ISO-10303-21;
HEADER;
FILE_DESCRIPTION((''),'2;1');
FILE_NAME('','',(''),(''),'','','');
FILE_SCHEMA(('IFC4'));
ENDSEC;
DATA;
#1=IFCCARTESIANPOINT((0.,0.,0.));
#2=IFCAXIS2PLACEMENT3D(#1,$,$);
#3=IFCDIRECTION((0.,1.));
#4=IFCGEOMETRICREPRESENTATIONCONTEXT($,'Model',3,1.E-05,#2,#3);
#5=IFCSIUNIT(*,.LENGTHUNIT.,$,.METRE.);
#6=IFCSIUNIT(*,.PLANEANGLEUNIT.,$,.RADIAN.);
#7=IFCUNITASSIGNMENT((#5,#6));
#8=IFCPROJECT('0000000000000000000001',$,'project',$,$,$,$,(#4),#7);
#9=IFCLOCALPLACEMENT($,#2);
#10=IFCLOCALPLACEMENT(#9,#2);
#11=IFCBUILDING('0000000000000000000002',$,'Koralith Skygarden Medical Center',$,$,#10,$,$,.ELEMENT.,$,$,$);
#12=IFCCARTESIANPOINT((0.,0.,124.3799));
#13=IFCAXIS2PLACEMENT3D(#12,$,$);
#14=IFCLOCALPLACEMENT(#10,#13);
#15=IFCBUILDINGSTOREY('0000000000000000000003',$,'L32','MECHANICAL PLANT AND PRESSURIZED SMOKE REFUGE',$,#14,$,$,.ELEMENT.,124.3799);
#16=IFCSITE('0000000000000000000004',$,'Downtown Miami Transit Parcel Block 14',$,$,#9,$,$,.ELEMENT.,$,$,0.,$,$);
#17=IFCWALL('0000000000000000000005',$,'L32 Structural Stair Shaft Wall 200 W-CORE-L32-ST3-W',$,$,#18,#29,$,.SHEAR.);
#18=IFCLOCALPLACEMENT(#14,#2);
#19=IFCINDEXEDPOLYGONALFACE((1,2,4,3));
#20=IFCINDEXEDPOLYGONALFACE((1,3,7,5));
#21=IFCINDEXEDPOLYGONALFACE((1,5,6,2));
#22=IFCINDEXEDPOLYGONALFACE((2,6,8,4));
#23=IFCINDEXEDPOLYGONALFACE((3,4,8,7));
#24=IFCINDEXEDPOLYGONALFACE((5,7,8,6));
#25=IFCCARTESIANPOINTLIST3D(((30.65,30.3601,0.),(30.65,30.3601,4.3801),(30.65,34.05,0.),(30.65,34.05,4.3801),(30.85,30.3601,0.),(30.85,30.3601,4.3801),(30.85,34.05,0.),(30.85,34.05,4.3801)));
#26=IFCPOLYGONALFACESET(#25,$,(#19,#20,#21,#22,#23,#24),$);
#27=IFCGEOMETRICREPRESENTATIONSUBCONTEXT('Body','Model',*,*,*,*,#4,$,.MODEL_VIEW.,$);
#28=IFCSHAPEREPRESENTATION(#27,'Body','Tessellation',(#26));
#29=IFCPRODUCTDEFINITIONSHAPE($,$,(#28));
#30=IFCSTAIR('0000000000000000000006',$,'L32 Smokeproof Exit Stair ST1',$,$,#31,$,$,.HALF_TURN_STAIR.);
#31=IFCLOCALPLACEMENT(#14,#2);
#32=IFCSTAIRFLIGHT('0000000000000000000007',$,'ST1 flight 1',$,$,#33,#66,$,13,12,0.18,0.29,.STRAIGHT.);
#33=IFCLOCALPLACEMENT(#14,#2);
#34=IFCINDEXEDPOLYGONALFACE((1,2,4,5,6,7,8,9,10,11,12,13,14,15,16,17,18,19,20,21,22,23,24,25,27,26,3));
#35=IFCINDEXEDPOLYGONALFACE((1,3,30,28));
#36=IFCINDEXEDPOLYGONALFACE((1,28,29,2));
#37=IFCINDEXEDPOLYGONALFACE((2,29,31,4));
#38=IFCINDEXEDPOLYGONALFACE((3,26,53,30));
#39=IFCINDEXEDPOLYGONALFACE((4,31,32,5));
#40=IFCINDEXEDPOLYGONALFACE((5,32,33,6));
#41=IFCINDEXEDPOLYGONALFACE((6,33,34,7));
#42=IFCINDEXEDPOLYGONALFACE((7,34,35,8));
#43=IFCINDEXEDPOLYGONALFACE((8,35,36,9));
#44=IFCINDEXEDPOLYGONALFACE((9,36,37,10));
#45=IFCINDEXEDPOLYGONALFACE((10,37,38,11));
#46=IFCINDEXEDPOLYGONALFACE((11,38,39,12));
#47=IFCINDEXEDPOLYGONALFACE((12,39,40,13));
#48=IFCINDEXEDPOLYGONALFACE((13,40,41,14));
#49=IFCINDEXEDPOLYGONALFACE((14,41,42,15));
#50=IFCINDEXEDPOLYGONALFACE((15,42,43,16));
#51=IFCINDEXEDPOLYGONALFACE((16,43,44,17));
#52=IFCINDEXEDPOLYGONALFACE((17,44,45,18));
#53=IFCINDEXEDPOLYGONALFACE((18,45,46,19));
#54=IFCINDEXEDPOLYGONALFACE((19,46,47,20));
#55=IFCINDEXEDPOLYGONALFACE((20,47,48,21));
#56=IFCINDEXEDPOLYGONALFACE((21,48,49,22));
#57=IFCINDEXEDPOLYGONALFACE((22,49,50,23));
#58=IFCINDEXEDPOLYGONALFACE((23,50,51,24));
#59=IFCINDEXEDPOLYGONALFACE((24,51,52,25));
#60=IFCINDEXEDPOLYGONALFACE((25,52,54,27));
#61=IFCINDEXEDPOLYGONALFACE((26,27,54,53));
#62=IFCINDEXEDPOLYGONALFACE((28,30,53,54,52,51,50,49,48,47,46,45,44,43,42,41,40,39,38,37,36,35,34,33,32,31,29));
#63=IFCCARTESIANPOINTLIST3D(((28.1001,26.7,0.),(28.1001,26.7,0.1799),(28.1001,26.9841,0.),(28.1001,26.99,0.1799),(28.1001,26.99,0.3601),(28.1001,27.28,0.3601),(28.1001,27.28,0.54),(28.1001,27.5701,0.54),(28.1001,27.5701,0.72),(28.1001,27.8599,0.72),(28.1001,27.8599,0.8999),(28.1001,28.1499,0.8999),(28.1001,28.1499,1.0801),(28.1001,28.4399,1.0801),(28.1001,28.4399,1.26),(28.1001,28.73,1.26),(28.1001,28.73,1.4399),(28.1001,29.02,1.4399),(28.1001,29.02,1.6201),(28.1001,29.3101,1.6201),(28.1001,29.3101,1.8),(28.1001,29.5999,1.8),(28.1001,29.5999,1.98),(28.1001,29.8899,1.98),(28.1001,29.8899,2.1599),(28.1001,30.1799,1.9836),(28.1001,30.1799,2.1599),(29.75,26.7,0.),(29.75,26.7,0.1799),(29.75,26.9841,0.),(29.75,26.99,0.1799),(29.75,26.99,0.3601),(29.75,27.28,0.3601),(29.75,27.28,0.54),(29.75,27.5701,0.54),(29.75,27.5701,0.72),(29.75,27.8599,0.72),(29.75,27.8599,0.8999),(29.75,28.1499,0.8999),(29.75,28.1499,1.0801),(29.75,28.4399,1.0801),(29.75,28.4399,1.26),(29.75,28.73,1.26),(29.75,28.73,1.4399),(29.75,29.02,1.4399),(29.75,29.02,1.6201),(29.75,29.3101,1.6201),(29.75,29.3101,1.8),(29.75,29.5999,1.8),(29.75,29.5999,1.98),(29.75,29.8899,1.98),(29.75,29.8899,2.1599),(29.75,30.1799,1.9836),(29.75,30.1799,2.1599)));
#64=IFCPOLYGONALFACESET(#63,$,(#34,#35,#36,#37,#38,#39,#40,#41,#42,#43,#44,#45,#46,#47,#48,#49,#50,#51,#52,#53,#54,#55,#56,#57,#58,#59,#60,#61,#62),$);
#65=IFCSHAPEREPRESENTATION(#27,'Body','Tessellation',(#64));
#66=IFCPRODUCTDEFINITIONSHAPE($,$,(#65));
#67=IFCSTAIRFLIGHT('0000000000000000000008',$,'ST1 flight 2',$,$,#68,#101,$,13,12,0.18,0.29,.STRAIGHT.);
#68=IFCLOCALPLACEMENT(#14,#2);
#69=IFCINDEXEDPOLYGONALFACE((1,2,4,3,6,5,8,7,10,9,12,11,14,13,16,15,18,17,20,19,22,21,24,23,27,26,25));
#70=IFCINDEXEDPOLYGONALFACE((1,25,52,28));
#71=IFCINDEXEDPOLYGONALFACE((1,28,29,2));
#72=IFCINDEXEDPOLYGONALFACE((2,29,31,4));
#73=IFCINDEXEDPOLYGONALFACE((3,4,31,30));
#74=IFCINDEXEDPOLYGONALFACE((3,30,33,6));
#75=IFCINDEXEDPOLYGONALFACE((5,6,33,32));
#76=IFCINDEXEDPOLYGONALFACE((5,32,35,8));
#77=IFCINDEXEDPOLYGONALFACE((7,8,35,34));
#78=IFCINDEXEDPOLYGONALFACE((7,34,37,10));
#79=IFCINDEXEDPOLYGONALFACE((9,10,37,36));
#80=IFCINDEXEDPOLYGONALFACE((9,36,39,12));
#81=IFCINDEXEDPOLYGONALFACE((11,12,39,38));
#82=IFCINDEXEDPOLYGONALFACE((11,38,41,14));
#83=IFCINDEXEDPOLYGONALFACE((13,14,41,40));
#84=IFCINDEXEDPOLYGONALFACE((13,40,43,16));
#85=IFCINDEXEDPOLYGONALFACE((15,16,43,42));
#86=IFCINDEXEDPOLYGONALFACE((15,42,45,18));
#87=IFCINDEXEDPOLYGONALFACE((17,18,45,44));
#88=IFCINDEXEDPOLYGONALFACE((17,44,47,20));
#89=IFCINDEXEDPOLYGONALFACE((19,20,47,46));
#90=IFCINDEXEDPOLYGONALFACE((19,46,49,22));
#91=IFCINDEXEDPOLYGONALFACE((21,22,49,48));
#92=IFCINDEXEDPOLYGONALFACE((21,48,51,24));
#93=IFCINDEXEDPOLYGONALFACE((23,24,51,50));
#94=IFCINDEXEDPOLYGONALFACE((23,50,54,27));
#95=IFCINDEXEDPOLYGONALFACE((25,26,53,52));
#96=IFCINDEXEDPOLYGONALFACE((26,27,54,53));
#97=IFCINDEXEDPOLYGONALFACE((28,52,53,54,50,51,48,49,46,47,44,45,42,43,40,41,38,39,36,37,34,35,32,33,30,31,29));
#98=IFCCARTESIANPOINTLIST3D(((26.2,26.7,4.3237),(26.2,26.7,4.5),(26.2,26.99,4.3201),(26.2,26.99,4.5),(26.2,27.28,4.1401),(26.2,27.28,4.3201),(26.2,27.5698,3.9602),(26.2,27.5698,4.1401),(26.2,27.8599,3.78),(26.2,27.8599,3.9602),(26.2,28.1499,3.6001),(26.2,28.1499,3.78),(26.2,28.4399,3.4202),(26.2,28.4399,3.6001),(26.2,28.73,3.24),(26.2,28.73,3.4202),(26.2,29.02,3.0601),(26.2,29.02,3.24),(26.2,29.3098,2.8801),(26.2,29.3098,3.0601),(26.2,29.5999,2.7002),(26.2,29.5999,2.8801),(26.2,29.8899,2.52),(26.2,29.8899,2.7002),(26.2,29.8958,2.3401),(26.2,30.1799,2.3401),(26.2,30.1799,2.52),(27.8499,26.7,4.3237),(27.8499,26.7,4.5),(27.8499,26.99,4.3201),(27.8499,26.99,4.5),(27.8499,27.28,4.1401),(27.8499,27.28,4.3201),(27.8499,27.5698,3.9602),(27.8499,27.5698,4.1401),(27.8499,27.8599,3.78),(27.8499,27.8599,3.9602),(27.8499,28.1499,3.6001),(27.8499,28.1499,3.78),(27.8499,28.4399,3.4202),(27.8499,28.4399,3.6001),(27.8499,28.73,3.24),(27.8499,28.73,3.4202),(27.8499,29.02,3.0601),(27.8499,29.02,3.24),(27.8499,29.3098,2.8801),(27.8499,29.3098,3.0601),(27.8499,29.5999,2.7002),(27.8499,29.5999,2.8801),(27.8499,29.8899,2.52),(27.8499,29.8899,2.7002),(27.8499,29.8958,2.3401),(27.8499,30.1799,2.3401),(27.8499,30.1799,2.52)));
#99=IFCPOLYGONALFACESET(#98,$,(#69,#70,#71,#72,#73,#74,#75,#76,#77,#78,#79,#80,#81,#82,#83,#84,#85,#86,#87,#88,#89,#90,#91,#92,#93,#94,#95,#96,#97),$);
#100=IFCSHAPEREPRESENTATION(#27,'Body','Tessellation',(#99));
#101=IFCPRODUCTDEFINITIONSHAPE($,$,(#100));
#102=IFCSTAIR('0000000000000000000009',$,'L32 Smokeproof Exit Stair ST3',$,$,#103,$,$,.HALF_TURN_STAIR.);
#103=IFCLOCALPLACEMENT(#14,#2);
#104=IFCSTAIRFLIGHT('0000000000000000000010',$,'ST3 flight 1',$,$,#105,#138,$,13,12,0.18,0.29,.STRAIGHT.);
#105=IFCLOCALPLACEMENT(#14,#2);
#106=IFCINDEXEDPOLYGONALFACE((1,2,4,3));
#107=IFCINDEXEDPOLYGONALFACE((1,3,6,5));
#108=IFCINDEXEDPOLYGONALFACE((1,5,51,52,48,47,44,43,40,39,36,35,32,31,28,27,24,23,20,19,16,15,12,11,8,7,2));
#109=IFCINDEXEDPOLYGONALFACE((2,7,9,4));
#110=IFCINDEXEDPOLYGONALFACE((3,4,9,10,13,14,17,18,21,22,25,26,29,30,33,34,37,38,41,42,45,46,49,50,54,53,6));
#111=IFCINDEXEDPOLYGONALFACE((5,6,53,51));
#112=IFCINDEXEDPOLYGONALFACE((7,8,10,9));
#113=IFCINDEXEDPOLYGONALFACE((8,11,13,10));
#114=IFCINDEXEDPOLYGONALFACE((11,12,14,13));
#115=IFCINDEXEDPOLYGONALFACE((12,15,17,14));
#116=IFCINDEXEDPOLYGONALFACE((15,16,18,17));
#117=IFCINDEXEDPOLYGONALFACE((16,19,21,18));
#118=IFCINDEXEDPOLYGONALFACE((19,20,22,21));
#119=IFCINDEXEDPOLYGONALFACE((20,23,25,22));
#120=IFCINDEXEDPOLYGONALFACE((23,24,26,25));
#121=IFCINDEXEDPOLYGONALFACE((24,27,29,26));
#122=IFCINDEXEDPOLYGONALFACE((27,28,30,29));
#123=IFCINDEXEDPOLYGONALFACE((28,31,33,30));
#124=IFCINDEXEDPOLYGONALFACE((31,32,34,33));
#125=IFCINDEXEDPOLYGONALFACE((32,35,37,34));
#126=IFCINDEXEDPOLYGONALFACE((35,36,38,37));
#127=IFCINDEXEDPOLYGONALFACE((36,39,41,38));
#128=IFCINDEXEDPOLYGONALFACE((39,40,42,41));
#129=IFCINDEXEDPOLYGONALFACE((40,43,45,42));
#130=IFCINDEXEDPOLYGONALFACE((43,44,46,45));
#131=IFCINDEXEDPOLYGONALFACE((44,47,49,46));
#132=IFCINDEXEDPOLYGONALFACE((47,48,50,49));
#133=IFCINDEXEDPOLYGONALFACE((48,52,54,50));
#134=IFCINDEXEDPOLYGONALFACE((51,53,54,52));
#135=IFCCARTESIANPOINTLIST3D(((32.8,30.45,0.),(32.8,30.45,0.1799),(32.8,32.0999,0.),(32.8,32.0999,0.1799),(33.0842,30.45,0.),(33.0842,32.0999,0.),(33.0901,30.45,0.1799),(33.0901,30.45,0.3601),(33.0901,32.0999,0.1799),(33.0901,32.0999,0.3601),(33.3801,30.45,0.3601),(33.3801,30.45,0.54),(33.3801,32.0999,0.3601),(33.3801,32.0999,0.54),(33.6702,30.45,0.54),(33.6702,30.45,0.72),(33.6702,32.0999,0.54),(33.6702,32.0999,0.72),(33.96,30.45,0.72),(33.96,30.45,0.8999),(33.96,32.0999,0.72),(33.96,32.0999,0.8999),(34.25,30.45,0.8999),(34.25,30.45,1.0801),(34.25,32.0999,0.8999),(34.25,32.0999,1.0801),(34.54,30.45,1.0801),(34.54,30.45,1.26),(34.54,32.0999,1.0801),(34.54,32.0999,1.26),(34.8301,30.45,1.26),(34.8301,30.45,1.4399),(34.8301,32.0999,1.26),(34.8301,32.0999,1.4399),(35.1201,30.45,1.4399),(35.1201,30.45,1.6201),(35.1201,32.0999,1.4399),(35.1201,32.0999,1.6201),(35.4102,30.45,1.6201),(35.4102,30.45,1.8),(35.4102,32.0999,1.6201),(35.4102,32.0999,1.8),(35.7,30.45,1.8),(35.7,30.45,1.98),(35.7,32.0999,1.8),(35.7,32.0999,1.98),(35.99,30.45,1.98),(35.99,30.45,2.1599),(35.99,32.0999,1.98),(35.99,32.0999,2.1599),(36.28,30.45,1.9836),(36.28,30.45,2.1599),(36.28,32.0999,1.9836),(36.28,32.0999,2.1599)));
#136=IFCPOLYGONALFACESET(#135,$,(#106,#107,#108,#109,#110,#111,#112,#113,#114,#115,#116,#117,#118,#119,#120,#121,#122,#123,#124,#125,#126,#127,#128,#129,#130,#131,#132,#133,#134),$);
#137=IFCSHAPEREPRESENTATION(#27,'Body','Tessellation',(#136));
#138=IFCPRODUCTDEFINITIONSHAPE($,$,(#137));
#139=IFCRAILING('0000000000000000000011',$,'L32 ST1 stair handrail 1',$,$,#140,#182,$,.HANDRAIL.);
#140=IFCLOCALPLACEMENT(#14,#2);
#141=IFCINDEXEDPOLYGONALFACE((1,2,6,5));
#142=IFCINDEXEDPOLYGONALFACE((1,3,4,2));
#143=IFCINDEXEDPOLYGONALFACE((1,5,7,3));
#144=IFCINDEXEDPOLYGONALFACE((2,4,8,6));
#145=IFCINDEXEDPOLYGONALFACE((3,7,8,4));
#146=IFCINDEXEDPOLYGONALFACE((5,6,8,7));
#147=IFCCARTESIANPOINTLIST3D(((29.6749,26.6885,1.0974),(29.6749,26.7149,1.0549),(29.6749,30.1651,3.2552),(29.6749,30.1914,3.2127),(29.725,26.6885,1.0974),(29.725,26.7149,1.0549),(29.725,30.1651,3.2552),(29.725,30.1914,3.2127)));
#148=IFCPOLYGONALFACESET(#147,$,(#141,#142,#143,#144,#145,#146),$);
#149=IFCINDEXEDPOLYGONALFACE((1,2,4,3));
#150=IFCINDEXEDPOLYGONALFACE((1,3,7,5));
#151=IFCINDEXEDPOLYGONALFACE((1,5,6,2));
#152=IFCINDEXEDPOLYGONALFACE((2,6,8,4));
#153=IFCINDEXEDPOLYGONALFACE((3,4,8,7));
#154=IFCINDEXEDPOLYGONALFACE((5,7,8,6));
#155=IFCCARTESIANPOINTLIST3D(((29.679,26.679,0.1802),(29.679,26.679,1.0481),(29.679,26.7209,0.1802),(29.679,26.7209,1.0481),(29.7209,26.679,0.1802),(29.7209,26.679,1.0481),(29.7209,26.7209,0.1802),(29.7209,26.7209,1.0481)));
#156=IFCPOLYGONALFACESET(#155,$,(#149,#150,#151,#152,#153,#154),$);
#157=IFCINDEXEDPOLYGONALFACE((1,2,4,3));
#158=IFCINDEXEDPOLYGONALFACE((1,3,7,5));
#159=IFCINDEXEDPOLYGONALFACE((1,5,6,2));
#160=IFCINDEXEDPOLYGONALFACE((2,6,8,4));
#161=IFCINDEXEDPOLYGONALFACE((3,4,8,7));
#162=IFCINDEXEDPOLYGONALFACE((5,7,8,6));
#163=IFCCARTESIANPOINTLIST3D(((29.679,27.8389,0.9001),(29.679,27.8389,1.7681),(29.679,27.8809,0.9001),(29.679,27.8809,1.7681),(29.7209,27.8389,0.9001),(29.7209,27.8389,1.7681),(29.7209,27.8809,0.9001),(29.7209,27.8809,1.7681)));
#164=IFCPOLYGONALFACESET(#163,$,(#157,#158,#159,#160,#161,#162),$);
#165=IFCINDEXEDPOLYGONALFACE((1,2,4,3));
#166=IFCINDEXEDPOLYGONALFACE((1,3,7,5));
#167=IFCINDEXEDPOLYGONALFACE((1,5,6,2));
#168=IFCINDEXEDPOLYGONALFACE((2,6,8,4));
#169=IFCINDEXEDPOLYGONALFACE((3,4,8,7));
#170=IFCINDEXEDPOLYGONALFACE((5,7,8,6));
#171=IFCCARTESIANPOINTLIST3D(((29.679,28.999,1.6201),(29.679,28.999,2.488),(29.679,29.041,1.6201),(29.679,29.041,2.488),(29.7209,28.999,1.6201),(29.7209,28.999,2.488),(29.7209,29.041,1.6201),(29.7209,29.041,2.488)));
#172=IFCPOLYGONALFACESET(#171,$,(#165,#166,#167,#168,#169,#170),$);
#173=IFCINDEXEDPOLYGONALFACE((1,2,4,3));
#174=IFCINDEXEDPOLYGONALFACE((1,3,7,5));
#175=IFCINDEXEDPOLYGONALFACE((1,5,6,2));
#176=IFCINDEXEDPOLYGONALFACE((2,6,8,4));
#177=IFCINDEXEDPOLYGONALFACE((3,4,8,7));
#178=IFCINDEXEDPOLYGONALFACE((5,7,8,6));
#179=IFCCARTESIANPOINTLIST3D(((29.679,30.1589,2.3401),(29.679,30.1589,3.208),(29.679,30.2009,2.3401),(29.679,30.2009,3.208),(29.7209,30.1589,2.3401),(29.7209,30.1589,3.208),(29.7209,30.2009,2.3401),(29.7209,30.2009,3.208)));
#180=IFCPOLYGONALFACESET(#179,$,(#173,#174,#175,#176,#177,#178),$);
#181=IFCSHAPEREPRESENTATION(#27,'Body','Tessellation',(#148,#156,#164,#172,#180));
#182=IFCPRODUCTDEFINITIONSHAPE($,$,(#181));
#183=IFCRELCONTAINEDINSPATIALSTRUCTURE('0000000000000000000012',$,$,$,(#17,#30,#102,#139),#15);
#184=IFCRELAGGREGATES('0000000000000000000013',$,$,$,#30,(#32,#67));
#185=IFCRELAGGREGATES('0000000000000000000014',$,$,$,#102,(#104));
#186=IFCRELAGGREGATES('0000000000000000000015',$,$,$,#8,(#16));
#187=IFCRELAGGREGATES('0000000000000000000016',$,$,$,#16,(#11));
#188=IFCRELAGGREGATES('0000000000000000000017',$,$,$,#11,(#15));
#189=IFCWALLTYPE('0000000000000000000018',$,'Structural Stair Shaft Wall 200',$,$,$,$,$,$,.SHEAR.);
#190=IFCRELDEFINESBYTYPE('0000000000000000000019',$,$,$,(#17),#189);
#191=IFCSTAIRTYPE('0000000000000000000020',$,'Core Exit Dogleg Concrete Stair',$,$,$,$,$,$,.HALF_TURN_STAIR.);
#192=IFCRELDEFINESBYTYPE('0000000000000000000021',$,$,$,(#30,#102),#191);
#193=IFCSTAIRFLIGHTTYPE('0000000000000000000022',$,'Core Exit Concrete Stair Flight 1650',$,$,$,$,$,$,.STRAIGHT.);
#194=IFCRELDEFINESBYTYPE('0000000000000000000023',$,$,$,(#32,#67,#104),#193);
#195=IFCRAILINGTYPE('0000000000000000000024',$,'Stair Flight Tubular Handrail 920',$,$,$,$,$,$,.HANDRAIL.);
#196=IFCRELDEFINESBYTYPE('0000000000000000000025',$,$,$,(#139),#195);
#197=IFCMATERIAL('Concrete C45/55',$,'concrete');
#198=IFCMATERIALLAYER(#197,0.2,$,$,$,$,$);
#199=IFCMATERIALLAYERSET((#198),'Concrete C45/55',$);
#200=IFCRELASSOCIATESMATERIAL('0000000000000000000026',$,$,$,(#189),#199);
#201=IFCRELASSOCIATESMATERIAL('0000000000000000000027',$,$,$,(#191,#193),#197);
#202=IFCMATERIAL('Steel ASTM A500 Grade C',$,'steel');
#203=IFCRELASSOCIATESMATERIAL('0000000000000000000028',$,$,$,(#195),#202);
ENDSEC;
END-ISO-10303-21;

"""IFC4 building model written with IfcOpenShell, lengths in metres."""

from ifc_helpers import new_model, si_unit, direction, frame, frame_2d, origin, origin_2d, place, context, subcontext, project, spatial, polyline, rectangle, outline, extrude, material, layer, layer_set, type_object, element, aggregate, save


model = new_model("IFC4")

# Units and contexts
model_context = context("Model", 3, precision=1e-05, world=origin(), true_north=direction((0.0, 1.0)))
body_context = subcontext(model_context, "Body", "Model", "MODEL_VIEW")
ifc_project = project(units=[si_unit("LENGTHUNIT", "METRE"), si_unit("PLANEANGLEUNIT", "RADIAN")], contexts=[model_context])

# Site, building, storey
site_placement = place(None, origin())
site = spatial("IfcSite", under=ifc_project, at=site_placement, Name="Downtown Miami Transit Parcel Block 14", CompositionType="ELEMENT", RefElevation=0.0)
building_placement = place(site_placement, origin())
building = spatial("IfcBuilding", under=site, at=building_placement, Name="Koralith Skygarden Medical Center", CompositionType="ELEMENT")
storey_placement = place(building_placement, frame((0.0, 0.0, 124.3799)))
storey = spatial("IfcBuildingStorey", under=building, at=storey_placement, Name="L32", Description="MECHANICAL PLANT AND PRESSURIZED SMOKE REFUGE", CompositionType="ELEMENT", Elevation=124.3799)

# Shared definitions
ifc_material_1 = material(Name="Steel ASTM A500 Grade C", Category="steel")

# Shared definitions
ifc_material_2 = material(Name="Concrete C45/55", Category="concrete")

# Wall
ifc_layer_1 = layer(ifc_material_2, 0.2)
ifc_layer_set_1 = layer_set([ifc_layer_1], Name="Concrete C45/55")
wall_type_1 = type_object("IfcWallType", Name="Structural Stair Shaft Wall 200", PredefinedType="SHEAR", material=ifc_layer_set_1)
wall_1_placement = place(storey_placement, frame((30.75, 30.3601, 0.0), z_axis=(0.0, 0.0, 1.0), x_axis=(0.0, 1.0, 0.0)))
element("IfcWall", 1, at=wall_1_placement, inside=storey, type_object=wall_type_1, Name="L32 Structural Stair Shaft Wall 200 W-CORE-L32-ST3-W", PredefinedType="SHEAR", context=body_context, shape_type="SweptSolid", body=[
    extrude(rectangle(XDim=3.6899, YDim=0.2, at=frame_2d((1.845, 0.0))), origin(), (0.0, 0.0, 1.0), 4.3801),
])

# Stair, stair flights
stair_type = type_object("IfcStairType", Name="Core Exit Dogleg Concrete Stair", PredefinedType="HALF_TURN_STAIR", material=ifc_material_2)
stair_1_placement = place(storey_placement, origin())
stair_1 = element("IfcStair", 2, at=stair_1_placement, inside=storey, type_object=stair_type, Name="L32 Smokeproof Exit Stair ST1", PredefinedType="HALF_TURN_STAIR")
stair_flight_type = type_object("IfcStairFlightType", Name="Core Exit Concrete Stair Flight 1650", PredefinedType="STRAIGHT", material=ifc_material_2)
stair_flight_1_placement = place(storey_placement, frame((28.925, 26.7, 0.0), z_axis=(0.0, 0.0, 1.0), x_axis=(0.0, 1.0, 0.0)))
stair_flight_1 = element("IfcStairFlight", 3, at=stair_flight_1_placement, type_object=stair_flight_type, Name="ST1 flight 1", NumberOfRisers=13, NumberOfTreads=12, PredefinedType="STRAIGHT", RiserHeight=0.18, TreadLength=0.29, context=body_context, shape_type="SweptSolid", body=[
    extrude(outline(polyline([(0.0, 0.0), (0.0, 0.1799), (0.29, 0.1799), (0.29, 0.3601), (0.5801, 0.3601), (0.5801, 0.54), (0.8701, 0.54), (0.8701, 0.72), (1.1599, 0.72), (1.1599, 0.8999), (1.45, 0.8999), (1.45, 1.0801), (1.74, 1.0801), (1.74, 1.26), (2.03, 1.26), (2.03, 1.4399), (2.3201, 1.4399), (2.3201, 1.6201), (2.6101, 1.6201), (2.6101, 1.8), (2.8999, 1.8), (2.8999, 1.98), (3.1899, 1.98), (3.1899, 2.1599), (3.48, 2.1599), (3.48, 2.3401), (3.48, 1.9836), (0.2842, 0.0), (0.0, 0.0)])), frame((0.0, 0.825, 0.0), z_axis=(0.0, -1.0, 0.0), x_axis=(1.0, 0.0, 0.0)), (0.0, 0.0, 1.0), 1.6499),
])
stair_flight_2_placement = place(storey_placement, frame((27.0249, 30.1799, 2.3401), z_axis=(0.0, 0.0, 1.0), x_axis=(0.0, -1.0, 0.0)))
stair_flight_2 = element("IfcStairFlight", 4, at=stair_flight_2_placement, type_object=stair_flight_type, Name="ST1 flight 2", NumberOfRisers=13, NumberOfTreads=12, PredefinedType="STRAIGHT", RiserHeight=0.18, TreadLength=0.29, context=body_context, shape_type="SweptSolid", body=[
    extrude(outline(polyline([(0.0, 0.0), (0.0, 0.1799), (0.29, 0.1799), (0.29, 0.3601), (0.5801, 0.3601), (0.5801, 0.54), (0.8701, 0.54), (0.8701, 0.72), (1.1599, 0.72), (1.1599, 0.8999), (1.45, 0.8999), (1.45, 1.0801), (1.74, 1.0801), (1.74, 1.26), (2.03, 1.26), (2.03, 1.4399), (2.3201, 1.4399), (2.3201, 1.6201), (2.6101, 1.6201), (2.6101, 1.8), (2.8999, 1.8), (2.8999, 1.98), (3.1899, 1.98), (3.1899, 2.1599), (3.48, 2.1599), (3.48, 2.3401), (3.48, 1.9836), (0.2842, 0.0), (0.0, 0.0)])), frame((0.0, 0.825, 0.0), z_axis=(0.0, -1.0, 0.0), x_axis=(1.0, 0.0, 0.0)), (0.0, 0.0, 1.0), 1.6499),
])
aggregate(stair_1, [stair_flight_1, stair_flight_2])

# Stair, stair flight
stair_2_placement = place(storey_placement, origin())
stair_2 = element("IfcStair", 5, at=stair_2_placement, inside=storey, type_object=stair_type, Name="L32 Smokeproof Exit Stair ST3", PredefinedType="HALF_TURN_STAIR")
stair_flight_3_placement = place(storey_placement, frame((32.8, 31.2749, 0.0), z_axis=(0.0, 0.0, 1.0), x_axis=(1.0, 0.0, 0.0)))
stair_flight_3 = element("IfcStairFlight", 6, at=stair_flight_3_placement, type_object=stair_flight_type, Name="ST3 flight 1", NumberOfRisers=13, NumberOfTreads=12, PredefinedType="STRAIGHT", RiserHeight=0.18, TreadLength=0.29, context=body_context, shape_type="SweptSolid", body=[
    extrude(outline(polyline([(0.0, 0.0), (0.0, 0.1799), (0.29, 0.1799), (0.29, 0.3601), (0.5801, 0.3601), (0.5801, 0.54), (0.8701, 0.54), (0.8701, 0.72), (1.1599, 0.72), (1.1599, 0.8999), (1.45, 0.8999), (1.45, 1.0801), (1.74, 1.0801), (1.74, 1.26), (2.03, 1.26), (2.03, 1.4399), (2.3201, 1.4399), (2.3201, 1.6201), (2.6101, 1.6201), (2.6101, 1.8), (2.8999, 1.8), (2.8999, 1.98), (3.1899, 1.98), (3.1899, 2.1599), (3.48, 2.1599), (3.48, 2.3401), (3.48, 1.9836), (0.2842, 0.0), (0.0, 0.0)])), frame((0.0, 0.825, 0.0), z_axis=(0.0, -1.0, 0.0), x_axis=(1.0, 0.0, 0.0)), (0.0, 0.0, 1.0), 1.6499),
])
aggregate(stair_2, [stair_flight_3])

# Railing
railing_type_1 = type_object("IfcRailingType", Name="Stair Flight Tubular Handrail 920", PredefinedType="HANDRAIL", material=ifc_material_1)
railing_1_placement = place(storey_placement, frame((29.7, 26.7, 0.1802)))
element("IfcRailing", 7, at=railing_1_placement, inside=storey, type_object=railing_type_1, Name="L32 ST1 stair handrail 1", PredefinedType="HANDRAIL", context=body_context, shape_type="SweptSolid", body=[
    extrude(rectangle(XDim=0.05, YDim=0.05, at=origin_2d()), frame((0.0, 0.0017, 0.896), z_axis=(0.0, 0.849648, 0.52735), x_axis=(-1.0, 0.0, 0.0)), (0.0, 0.0, 1.0), 4.0918),
    extrude(rectangle(XDim=0.042, YDim=0.042, at=origin_2d()), origin(), (0.0, 0.0, 1.0), 0.8679),
    extrude(rectangle(XDim=0.042, YDim=0.042, at=origin_2d()), frame((0.0, 1.1599, 0.72)), (0.0, 0.0, 1.0), 0.8679),
    extrude(rectangle(XDim=0.042, YDim=0.042, at=origin_2d()), frame((0.0, 2.3201, 1.4399)), (0.0, 0.0, 1.0), 0.8679),
    extrude(rectangle(XDim=0.042, YDim=0.042, at=origin_2d()), frame((0.0, 3.48, 2.1599)), (0.0, 0.0, 1.0), 0.8679),
])

save(model, "model.ifc")
